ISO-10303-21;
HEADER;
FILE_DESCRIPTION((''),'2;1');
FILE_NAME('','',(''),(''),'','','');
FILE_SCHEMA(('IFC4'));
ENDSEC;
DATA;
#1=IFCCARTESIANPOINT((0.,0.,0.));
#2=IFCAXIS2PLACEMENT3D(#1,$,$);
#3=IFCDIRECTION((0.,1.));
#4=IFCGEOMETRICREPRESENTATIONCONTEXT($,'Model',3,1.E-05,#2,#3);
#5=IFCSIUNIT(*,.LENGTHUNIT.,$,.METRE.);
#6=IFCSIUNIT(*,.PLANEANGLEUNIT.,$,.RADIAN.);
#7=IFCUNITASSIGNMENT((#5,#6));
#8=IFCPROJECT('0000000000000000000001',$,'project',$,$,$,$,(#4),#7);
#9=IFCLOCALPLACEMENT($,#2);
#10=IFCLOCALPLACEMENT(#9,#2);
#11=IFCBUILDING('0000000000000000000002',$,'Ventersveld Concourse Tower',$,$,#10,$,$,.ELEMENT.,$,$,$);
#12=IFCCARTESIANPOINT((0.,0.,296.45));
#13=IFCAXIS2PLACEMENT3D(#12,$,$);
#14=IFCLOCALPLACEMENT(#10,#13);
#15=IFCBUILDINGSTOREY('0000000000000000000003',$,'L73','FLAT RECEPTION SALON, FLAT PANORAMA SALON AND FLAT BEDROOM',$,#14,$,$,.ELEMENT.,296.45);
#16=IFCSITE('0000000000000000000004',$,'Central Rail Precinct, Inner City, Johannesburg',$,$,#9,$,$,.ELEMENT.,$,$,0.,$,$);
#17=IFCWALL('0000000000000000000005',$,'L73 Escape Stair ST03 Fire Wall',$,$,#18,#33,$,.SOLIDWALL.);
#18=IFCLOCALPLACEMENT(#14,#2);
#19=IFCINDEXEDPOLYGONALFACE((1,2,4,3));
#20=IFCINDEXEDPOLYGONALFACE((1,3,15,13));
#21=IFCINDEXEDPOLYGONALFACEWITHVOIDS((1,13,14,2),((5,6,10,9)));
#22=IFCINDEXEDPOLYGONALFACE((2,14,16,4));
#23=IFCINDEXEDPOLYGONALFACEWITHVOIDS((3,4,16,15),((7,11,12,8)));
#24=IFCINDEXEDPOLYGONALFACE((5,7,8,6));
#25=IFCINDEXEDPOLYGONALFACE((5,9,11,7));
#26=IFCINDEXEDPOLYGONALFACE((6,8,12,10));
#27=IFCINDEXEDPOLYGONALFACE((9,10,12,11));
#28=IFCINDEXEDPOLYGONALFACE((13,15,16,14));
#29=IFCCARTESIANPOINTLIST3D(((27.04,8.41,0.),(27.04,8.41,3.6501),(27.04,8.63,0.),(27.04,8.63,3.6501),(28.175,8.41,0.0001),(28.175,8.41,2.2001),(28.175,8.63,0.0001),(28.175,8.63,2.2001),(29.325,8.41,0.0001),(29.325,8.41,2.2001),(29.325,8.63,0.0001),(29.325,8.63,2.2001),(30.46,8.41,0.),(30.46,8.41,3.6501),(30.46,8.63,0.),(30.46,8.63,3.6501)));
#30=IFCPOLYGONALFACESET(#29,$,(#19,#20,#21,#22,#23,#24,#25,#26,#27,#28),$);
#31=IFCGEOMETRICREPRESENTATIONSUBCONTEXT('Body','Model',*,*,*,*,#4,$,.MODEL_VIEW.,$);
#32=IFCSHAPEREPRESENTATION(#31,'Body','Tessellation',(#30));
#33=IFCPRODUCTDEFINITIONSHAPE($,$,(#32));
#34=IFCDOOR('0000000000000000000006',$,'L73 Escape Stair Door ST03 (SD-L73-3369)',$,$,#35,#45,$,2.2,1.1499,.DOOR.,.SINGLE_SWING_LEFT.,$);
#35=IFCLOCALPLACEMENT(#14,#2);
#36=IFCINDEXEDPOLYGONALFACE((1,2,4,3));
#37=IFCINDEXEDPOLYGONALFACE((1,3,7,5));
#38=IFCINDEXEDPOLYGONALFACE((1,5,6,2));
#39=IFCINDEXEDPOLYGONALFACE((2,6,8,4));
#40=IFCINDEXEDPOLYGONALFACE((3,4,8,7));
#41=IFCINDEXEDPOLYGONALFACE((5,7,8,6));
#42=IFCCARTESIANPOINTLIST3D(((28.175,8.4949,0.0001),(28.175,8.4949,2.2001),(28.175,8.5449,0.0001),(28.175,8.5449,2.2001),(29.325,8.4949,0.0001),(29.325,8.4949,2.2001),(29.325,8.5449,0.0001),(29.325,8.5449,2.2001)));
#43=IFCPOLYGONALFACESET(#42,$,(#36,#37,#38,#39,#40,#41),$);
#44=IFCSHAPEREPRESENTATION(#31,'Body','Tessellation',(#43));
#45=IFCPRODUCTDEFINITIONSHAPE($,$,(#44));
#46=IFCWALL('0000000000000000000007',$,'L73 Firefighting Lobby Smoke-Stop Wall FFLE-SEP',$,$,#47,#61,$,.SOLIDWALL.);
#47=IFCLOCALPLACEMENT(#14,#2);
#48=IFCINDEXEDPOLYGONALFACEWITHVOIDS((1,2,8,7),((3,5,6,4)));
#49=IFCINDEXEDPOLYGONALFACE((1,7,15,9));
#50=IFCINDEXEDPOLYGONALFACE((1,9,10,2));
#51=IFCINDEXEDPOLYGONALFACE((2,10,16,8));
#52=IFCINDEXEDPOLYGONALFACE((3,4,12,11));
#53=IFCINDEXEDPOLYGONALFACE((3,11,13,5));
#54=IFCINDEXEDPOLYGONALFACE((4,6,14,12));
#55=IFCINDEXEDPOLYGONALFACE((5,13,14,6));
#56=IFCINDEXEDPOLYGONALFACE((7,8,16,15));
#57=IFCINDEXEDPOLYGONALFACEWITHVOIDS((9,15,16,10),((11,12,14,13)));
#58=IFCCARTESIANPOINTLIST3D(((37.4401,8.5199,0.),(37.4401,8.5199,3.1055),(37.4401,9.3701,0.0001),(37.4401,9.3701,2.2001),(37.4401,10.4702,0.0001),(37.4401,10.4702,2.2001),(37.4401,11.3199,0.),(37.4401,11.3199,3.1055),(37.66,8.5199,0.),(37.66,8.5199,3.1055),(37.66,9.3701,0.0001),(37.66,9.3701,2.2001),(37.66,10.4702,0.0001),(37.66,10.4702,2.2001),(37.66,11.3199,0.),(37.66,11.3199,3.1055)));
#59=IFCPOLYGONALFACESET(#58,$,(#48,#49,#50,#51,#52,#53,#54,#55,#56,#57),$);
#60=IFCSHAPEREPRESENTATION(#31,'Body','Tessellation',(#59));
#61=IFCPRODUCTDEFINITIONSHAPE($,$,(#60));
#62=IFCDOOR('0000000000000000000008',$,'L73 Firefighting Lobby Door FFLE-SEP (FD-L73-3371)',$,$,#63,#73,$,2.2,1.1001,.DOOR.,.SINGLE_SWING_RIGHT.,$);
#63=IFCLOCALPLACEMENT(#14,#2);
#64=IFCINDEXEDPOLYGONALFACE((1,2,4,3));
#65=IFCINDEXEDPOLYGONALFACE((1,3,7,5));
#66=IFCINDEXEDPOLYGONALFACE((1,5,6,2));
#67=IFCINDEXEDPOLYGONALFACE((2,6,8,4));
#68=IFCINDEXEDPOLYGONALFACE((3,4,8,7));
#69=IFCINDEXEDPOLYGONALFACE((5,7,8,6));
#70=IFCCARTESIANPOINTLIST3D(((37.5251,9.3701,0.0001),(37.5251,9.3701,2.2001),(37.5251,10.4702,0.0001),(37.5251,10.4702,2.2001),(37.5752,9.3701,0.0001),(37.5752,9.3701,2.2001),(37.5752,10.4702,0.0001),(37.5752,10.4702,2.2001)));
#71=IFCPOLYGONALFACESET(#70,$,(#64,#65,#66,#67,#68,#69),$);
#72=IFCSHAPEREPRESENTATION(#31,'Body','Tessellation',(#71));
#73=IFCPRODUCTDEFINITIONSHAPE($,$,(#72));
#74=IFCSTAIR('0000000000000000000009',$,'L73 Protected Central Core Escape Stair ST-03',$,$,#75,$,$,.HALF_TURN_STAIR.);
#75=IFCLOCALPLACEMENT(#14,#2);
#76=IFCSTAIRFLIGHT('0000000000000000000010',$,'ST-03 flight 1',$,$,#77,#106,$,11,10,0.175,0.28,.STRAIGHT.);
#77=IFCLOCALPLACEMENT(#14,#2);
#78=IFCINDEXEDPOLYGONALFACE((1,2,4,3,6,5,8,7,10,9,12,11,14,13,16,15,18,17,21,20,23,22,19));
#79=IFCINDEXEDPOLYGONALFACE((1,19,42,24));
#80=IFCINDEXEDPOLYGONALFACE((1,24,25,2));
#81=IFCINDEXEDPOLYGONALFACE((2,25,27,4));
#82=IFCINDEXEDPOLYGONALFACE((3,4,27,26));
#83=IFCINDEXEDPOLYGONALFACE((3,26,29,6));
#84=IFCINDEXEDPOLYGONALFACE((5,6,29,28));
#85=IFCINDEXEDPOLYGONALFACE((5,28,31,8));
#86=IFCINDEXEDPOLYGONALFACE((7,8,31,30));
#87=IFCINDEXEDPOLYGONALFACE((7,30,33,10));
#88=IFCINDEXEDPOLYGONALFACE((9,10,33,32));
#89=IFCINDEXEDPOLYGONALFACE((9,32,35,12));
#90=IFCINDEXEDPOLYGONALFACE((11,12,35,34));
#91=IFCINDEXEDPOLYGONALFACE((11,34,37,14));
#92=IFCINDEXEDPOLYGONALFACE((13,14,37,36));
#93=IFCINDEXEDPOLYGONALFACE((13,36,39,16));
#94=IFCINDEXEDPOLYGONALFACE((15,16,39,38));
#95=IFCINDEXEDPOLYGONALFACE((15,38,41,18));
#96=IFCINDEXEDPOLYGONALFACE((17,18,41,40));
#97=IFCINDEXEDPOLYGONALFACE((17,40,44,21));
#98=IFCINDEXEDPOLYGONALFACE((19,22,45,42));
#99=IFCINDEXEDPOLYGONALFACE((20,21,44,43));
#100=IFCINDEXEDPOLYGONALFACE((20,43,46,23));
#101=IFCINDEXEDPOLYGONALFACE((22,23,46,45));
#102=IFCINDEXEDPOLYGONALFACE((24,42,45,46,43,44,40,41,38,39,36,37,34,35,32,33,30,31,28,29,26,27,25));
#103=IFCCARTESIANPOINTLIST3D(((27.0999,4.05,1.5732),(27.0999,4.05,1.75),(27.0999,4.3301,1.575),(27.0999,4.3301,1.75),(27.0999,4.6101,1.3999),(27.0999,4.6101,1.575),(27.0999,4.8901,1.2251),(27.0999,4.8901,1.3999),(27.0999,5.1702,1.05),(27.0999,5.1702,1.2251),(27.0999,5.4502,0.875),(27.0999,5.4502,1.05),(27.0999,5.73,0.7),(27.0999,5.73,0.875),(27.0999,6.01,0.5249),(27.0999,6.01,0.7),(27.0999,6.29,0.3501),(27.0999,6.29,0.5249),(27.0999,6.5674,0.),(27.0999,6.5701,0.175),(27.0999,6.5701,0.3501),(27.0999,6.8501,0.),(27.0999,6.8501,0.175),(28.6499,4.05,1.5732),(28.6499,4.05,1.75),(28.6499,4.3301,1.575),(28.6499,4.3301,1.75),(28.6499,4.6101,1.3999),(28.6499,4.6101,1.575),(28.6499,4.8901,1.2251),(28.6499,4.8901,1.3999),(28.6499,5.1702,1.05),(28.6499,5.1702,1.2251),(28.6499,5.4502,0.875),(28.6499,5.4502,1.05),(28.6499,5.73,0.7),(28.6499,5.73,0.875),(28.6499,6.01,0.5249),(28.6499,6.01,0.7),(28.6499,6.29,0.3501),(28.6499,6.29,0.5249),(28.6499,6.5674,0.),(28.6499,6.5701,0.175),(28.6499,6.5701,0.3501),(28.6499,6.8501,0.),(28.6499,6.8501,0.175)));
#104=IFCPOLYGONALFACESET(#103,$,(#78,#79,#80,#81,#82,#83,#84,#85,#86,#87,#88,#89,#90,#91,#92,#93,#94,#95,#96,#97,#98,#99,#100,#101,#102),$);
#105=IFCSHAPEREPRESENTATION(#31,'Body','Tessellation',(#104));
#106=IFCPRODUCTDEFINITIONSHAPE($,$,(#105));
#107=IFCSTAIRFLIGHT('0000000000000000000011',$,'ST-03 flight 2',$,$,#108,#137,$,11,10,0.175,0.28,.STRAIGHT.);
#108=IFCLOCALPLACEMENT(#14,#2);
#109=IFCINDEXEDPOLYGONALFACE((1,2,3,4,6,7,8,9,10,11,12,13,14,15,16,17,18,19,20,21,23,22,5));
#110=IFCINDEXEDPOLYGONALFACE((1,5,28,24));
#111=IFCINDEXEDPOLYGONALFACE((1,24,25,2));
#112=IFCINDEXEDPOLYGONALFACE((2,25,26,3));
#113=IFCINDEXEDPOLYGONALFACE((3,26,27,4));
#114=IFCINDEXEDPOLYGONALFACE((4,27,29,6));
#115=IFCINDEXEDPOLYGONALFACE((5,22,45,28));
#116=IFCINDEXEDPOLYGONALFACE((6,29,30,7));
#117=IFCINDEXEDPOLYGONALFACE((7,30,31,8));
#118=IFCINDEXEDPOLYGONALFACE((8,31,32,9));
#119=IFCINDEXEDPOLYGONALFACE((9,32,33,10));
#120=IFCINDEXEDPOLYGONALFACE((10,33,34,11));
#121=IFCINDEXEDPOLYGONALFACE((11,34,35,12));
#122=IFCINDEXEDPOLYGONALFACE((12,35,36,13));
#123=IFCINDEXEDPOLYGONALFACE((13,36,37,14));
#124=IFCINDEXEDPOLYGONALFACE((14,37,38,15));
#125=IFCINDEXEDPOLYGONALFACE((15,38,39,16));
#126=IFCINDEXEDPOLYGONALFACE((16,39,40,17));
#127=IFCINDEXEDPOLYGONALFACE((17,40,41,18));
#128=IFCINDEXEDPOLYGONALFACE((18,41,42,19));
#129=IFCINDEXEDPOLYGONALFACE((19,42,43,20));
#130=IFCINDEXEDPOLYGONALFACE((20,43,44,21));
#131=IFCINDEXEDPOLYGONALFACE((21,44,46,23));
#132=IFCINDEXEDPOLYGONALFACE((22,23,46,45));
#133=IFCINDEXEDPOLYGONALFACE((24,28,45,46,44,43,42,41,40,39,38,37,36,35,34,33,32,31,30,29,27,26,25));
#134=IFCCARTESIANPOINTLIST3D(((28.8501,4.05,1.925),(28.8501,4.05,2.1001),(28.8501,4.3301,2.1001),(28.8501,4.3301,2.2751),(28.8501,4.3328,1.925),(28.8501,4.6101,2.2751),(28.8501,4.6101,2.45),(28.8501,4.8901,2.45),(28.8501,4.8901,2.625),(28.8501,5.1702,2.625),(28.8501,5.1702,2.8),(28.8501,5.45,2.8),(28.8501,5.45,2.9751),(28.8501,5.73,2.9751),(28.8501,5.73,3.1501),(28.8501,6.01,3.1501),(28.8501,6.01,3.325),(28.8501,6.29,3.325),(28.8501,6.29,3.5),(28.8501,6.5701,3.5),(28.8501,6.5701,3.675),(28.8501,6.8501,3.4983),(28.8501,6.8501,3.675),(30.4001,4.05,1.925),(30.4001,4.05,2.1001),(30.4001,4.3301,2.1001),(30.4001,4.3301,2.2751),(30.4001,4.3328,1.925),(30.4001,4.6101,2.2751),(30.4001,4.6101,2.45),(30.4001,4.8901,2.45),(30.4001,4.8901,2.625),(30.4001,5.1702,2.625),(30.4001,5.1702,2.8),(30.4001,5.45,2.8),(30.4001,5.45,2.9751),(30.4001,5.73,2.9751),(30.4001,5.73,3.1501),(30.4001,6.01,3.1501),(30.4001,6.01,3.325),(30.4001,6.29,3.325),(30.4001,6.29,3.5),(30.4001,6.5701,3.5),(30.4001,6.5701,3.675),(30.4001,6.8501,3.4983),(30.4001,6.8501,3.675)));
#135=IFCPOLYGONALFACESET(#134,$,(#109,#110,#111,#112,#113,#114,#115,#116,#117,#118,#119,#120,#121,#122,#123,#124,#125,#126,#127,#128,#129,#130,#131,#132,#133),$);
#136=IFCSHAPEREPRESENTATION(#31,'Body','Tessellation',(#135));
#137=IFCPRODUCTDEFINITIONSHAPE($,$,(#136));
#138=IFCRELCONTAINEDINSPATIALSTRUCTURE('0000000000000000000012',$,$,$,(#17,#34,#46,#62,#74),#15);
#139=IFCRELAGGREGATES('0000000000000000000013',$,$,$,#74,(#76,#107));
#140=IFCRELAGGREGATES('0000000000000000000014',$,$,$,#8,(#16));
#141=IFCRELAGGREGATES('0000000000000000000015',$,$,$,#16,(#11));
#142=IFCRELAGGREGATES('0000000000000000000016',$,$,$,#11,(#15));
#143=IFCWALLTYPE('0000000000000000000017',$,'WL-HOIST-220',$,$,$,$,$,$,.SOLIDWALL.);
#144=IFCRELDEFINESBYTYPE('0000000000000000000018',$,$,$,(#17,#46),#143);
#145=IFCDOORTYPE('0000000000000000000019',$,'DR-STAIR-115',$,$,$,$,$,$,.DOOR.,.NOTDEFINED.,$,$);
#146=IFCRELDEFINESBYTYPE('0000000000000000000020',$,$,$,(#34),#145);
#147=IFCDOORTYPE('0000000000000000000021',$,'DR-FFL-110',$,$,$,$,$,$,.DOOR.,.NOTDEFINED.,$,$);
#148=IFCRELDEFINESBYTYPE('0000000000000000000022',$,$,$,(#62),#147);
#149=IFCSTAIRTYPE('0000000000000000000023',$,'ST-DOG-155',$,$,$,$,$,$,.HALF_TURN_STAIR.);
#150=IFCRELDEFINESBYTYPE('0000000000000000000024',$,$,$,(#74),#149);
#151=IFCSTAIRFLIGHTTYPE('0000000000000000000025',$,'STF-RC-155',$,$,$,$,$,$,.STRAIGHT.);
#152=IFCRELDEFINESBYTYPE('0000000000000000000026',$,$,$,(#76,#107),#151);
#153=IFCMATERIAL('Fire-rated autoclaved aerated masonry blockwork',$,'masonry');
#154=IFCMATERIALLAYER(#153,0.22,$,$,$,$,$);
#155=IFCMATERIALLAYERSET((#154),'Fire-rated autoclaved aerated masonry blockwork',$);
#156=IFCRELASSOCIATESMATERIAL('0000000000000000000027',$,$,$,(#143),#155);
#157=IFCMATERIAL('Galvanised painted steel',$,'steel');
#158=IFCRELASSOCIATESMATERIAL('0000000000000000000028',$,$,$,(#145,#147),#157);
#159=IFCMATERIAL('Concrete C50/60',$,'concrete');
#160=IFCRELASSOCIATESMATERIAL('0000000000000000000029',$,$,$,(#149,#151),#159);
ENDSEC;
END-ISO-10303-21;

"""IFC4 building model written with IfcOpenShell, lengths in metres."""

from ifc_helpers import new_model, si_unit, direction, frame, frame_2d, origin, place, context, subcontext, project, spatial, polyline, rectangle, outline, extrude, material, layer, layer_set, type_object, element, fill, aggregate, save


model = new_model("IFC4")

# Units and contexts
model_context = context("Model", 3, precision=1e-05, world=origin(), true_north=direction((0.0, 1.0)))
body_context = subcontext(model_context, "Body", "Model", "MODEL_VIEW")
ifc_project = project(units=[si_unit("LENGTHUNIT", "METRE"), si_unit("PLANEANGLEUNIT", "RADIAN")], contexts=[model_context])

# Site, building, storey
site_placement = place(None, origin())
site = spatial("IfcSite", under=ifc_project, at=site_placement, Name="Central Rail Precinct, Inner City, Johannesburg", CompositionType="ELEMENT", RefElevation=0.0)
building_placement = place(site_placement, origin())
building = spatial("IfcBuilding", under=site, at=building_placement, Name="Ventersveld Concourse Tower", CompositionType="ELEMENT")
storey_placement = place(building_placement, frame((0.0, 0.0, 296.45)))
storey = spatial("IfcBuildingStorey", under=building, at=storey_placement, Name="L73", Description="FLAT RECEPTION SALON, FLAT PANORAMA SALON AND FLAT BEDROOM", CompositionType="ELEMENT", Elevation=296.45)

# Shared definitions
ifc_material_1 = material(Name="Concrete C50/60", Category="concrete")

# Shared definitions
ifc_material_2 = material(Name="Fire-rated autoclaved aerated masonry blockwork", Category="masonry")
ifc_material_3 = material(Name="Galvanised painted steel", Category="steel")

# Shared definitions
ifc_layer_1 = layer(ifc_material_2, 0.22)
ifc_layer_set_1 = layer_set([ifc_layer_1], Name="Fire-rated autoclaved aerated masonry blockwork")
wall_type_1 = type_object("IfcWallType", Name="WL-HOIST-220", PredefinedType="SOLIDWALL", material=ifc_layer_set_1)

# Walls, openings, doors
wall_1_placement = place(storey_placement, frame((27.04, 8.52, 0.0), z_axis=(0.0, 0.0, 1.0), x_axis=(1.0, 0.0, 0.0)))
wall_1 = element("IfcWall", 1, at=wall_1_placement, inside=storey, type_object=wall_type_1, Name="L73 Escape Stair ST03 Fire Wall", PredefinedType="SOLIDWALL", context=body_context, shape_type="SweptSolid", body=[
    extrude(rectangle(XDim=3.4199, YDim=0.22, at=frame_2d((1.71, 0.0))), origin(), (0.0, 0.0, 1.0), 3.6501),
])
opening_1_placement = place(wall_1_placement, frame((1.135, 0.0, 0.0)))
opening_1 = element("IfcOpeningElement", 2, at=opening_1_placement, cuts=wall_1, PredefinedType="OPENING", context=body_context, shape_type="SweptSolid", body=[
    extrude(rectangle(XDim=1.1499, YDim=2.2, at=frame_2d((0.575, 1.1001))), frame((0.0, 0.1201, 0.0), z_axis=(0.0, -1.0, 0.0), x_axis=(1.0, 0.0, 0.0)), (0.0, 0.0, 1.0), 0.24),
])
door_type_1 = type_object("IfcDoorType", Name="DR-STAIR-115", OperationType="NOTDEFINED", PredefinedType="DOOR", material=ifc_material_3)
door_1_placement = place(opening_1_placement, origin())
door_1 = element("IfcDoor", 3, at=door_1_placement, inside=storey, type_object=door_type_1, Name="L73 Escape Stair Door ST03 (SD-L73-3369)", OperationType="SINGLE_SWING_LEFT", OverallHeight=2.2, OverallWidth=1.1499, PredefinedType="DOOR", context=body_context, shape_type="SweptSolid", body=[
    extrude(rectangle(XDim=1.1499, YDim=2.2, at=frame_2d((0.575, 1.1001))), frame((0.0, 0.0249, 0.0), z_axis=(0.0, -1.0, 0.0), x_axis=(1.0, 0.0, 0.0)), (0.0, 0.0, 1.0), 0.05),
])
fill(opening_1, door_1)
wall_2_placement = place(storey_placement, frame((37.55, 8.52, 0.0), z_axis=(0.0, 0.0, 1.0), x_axis=(0.0, 1.0, 0.0)))
wall_2 = element("IfcWall", 4, at=wall_2_placement, inside=storey, type_object=wall_type_1, Name="L73 Firefighting Lobby Smoke-Stop Wall FFLE-SEP", PredefinedType="SOLIDWALL", context=body_context, shape_type="SweptSolid", body=[
    extrude(rectangle(XDim=2.8, YDim=0.22, at=frame_2d((1.3999, 0.0))), origin(), (0.0, 0.0, 1.0), 3.1055),
])
opening_2_placement = place(wall_2_placement, frame((0.8501, 0.0, 0.0)))
opening_2 = element("IfcOpeningElement", 5, at=opening_2_placement, cuts=wall_2, PredefinedType="OPENING", context=body_context, shape_type="SweptSolid", body=[
    extrude(rectangle(XDim=1.1001, YDim=2.2, at=frame_2d((0.55, 1.1001))), frame((0.0, 0.1201, 0.0), z_axis=(0.0, -1.0, 0.0), x_axis=(1.0, 0.0, 0.0)), (0.0, 0.0, 1.0), 0.24),
])
door_type_2 = type_object("IfcDoorType", Name="DR-FFL-110", OperationType="NOTDEFINED", PredefinedType="DOOR", material=ifc_material_3)
door_2_placement = place(opening_2_placement, origin())
door_2 = element("IfcDoor", 6, at=door_2_placement, inside=storey, type_object=door_type_2, Name="L73 Firefighting Lobby Door FFLE-SEP (FD-L73-3371)", OperationType="SINGLE_SWING_RIGHT", OverallHeight=2.2, OverallWidth=1.1001, PredefinedType="DOOR", context=body_context, shape_type="SweptSolid", body=[
    extrude(rectangle(XDim=1.1001, YDim=2.2, at=frame_2d((0.55, 1.1001))), frame((0.0, 0.0249, 0.0), z_axis=(0.0, -1.0, 0.0), x_axis=(1.0, 0.0, 0.0)), (0.0, 0.0, 1.0), 0.05),
])
fill(opening_2, door_2)

# Stair, stair flights
stair_type = type_object("IfcStairType", Name="ST-DOG-155", PredefinedType="HALF_TURN_STAIR", material=ifc_material_1)
stair_placement = place(storey_placement, origin())
stair = element("IfcStair", 7, at=stair_placement, inside=storey, type_object=stair_type, Name="L73 Protected Central Core Escape Stair ST-03", PredefinedType="HALF_TURN_STAIR")
stair_flight_type = type_object("IfcStairFlightType", Name="STF-RC-155", PredefinedType="STRAIGHT", material=ifc_material_1)
stair_flight_1_placement = place(storey_placement, frame((27.875, 6.8501, 0.0), z_axis=(0.0, 0.0, 1.0), x_axis=(0.0, -1.0, 0.0)))
stair_flight_1 = element("IfcStairFlight", 8, at=stair_flight_1_placement, type_object=stair_flight_type, Name="ST-03 flight 1", NumberOfRisers=11, NumberOfTreads=10, PredefinedType="STRAIGHT", RiserHeight=0.175, TreadLength=0.28, context=body_context, shape_type="SweptSolid", body=[
    extrude(outline(polyline([(0.0, 0.0), (0.0, 0.175), (0.28, 0.175), (0.28, 0.3501), (0.5601, 0.3501), (0.5601, 0.5249), (0.8401, 0.5249), (0.8401, 0.7), (1.1201, 0.7), (1.1201, 0.875), (1.3999, 0.875), (1.3999, 1.05), (1.6799, 1.05), (1.6799, 1.2251), (1.96, 1.2251), (1.96, 1.3999), (2.24, 1.3999), (2.24, 1.575), (2.52, 1.575), (2.52, 1.75), (2.8, 1.75), (2.8, 1.925), (2.8, 1.5732), (0.2827, 0.0), (0.0, 0.0)])), frame((0.0, 0.7749, 0.0), z_axis=(0.0, -1.0, 0.0), x_axis=(1.0, 0.0, 0.0)), (0.0, 0.0, 1.0), 1.55),
])
stair_flight_2_placement = place(storey_placement, frame((29.625, 4.05, 1.925), z_axis=(0.0, 0.0, 1.0), x_axis=(0.0, 1.0, 0.0)))
stair_flight_2 = element("IfcStairFlight", 9, at=stair_flight_2_placement, type_object=stair_flight_type, Name="ST-03 flight 2", NumberOfRisers=11, NumberOfTreads=10, PredefinedType="STRAIGHT", RiserHeight=0.175, TreadLength=0.28, context=body_context, shape_type="SweptSolid", body=[
    extrude(outline(polyline([(0.0, 0.0), (0.0, 0.175), (0.28, 0.175), (0.28, 0.3501), (0.5601, 0.3501), (0.5601, 0.5249), (0.8401, 0.5249), (0.8401, 0.7), (1.1201, 0.7), (1.1201, 0.875), (1.3999, 0.875), (1.3999, 1.05), (1.6799, 1.05), (1.6799, 1.2251), (1.96, 1.2251), (1.96, 1.3999), (2.24, 1.3999), (2.24, 1.575), (2.52, 1.575), (2.52, 1.75), (2.8, 1.75), (2.8, 1.925), (2.8, 1.5732), (0.2827, 0.0), (0.0, 0.0)])), frame((0.0, 0.7749, 0.0), z_axis=(0.0, -1.0, 0.0), x_axis=(1.0, 0.0, 0.0)), (0.0, 0.0, 1.0), 1.55),
])
aggregate(stair, [stair_flight_1, stair_flight_2])

save(model, "model.ifc")
